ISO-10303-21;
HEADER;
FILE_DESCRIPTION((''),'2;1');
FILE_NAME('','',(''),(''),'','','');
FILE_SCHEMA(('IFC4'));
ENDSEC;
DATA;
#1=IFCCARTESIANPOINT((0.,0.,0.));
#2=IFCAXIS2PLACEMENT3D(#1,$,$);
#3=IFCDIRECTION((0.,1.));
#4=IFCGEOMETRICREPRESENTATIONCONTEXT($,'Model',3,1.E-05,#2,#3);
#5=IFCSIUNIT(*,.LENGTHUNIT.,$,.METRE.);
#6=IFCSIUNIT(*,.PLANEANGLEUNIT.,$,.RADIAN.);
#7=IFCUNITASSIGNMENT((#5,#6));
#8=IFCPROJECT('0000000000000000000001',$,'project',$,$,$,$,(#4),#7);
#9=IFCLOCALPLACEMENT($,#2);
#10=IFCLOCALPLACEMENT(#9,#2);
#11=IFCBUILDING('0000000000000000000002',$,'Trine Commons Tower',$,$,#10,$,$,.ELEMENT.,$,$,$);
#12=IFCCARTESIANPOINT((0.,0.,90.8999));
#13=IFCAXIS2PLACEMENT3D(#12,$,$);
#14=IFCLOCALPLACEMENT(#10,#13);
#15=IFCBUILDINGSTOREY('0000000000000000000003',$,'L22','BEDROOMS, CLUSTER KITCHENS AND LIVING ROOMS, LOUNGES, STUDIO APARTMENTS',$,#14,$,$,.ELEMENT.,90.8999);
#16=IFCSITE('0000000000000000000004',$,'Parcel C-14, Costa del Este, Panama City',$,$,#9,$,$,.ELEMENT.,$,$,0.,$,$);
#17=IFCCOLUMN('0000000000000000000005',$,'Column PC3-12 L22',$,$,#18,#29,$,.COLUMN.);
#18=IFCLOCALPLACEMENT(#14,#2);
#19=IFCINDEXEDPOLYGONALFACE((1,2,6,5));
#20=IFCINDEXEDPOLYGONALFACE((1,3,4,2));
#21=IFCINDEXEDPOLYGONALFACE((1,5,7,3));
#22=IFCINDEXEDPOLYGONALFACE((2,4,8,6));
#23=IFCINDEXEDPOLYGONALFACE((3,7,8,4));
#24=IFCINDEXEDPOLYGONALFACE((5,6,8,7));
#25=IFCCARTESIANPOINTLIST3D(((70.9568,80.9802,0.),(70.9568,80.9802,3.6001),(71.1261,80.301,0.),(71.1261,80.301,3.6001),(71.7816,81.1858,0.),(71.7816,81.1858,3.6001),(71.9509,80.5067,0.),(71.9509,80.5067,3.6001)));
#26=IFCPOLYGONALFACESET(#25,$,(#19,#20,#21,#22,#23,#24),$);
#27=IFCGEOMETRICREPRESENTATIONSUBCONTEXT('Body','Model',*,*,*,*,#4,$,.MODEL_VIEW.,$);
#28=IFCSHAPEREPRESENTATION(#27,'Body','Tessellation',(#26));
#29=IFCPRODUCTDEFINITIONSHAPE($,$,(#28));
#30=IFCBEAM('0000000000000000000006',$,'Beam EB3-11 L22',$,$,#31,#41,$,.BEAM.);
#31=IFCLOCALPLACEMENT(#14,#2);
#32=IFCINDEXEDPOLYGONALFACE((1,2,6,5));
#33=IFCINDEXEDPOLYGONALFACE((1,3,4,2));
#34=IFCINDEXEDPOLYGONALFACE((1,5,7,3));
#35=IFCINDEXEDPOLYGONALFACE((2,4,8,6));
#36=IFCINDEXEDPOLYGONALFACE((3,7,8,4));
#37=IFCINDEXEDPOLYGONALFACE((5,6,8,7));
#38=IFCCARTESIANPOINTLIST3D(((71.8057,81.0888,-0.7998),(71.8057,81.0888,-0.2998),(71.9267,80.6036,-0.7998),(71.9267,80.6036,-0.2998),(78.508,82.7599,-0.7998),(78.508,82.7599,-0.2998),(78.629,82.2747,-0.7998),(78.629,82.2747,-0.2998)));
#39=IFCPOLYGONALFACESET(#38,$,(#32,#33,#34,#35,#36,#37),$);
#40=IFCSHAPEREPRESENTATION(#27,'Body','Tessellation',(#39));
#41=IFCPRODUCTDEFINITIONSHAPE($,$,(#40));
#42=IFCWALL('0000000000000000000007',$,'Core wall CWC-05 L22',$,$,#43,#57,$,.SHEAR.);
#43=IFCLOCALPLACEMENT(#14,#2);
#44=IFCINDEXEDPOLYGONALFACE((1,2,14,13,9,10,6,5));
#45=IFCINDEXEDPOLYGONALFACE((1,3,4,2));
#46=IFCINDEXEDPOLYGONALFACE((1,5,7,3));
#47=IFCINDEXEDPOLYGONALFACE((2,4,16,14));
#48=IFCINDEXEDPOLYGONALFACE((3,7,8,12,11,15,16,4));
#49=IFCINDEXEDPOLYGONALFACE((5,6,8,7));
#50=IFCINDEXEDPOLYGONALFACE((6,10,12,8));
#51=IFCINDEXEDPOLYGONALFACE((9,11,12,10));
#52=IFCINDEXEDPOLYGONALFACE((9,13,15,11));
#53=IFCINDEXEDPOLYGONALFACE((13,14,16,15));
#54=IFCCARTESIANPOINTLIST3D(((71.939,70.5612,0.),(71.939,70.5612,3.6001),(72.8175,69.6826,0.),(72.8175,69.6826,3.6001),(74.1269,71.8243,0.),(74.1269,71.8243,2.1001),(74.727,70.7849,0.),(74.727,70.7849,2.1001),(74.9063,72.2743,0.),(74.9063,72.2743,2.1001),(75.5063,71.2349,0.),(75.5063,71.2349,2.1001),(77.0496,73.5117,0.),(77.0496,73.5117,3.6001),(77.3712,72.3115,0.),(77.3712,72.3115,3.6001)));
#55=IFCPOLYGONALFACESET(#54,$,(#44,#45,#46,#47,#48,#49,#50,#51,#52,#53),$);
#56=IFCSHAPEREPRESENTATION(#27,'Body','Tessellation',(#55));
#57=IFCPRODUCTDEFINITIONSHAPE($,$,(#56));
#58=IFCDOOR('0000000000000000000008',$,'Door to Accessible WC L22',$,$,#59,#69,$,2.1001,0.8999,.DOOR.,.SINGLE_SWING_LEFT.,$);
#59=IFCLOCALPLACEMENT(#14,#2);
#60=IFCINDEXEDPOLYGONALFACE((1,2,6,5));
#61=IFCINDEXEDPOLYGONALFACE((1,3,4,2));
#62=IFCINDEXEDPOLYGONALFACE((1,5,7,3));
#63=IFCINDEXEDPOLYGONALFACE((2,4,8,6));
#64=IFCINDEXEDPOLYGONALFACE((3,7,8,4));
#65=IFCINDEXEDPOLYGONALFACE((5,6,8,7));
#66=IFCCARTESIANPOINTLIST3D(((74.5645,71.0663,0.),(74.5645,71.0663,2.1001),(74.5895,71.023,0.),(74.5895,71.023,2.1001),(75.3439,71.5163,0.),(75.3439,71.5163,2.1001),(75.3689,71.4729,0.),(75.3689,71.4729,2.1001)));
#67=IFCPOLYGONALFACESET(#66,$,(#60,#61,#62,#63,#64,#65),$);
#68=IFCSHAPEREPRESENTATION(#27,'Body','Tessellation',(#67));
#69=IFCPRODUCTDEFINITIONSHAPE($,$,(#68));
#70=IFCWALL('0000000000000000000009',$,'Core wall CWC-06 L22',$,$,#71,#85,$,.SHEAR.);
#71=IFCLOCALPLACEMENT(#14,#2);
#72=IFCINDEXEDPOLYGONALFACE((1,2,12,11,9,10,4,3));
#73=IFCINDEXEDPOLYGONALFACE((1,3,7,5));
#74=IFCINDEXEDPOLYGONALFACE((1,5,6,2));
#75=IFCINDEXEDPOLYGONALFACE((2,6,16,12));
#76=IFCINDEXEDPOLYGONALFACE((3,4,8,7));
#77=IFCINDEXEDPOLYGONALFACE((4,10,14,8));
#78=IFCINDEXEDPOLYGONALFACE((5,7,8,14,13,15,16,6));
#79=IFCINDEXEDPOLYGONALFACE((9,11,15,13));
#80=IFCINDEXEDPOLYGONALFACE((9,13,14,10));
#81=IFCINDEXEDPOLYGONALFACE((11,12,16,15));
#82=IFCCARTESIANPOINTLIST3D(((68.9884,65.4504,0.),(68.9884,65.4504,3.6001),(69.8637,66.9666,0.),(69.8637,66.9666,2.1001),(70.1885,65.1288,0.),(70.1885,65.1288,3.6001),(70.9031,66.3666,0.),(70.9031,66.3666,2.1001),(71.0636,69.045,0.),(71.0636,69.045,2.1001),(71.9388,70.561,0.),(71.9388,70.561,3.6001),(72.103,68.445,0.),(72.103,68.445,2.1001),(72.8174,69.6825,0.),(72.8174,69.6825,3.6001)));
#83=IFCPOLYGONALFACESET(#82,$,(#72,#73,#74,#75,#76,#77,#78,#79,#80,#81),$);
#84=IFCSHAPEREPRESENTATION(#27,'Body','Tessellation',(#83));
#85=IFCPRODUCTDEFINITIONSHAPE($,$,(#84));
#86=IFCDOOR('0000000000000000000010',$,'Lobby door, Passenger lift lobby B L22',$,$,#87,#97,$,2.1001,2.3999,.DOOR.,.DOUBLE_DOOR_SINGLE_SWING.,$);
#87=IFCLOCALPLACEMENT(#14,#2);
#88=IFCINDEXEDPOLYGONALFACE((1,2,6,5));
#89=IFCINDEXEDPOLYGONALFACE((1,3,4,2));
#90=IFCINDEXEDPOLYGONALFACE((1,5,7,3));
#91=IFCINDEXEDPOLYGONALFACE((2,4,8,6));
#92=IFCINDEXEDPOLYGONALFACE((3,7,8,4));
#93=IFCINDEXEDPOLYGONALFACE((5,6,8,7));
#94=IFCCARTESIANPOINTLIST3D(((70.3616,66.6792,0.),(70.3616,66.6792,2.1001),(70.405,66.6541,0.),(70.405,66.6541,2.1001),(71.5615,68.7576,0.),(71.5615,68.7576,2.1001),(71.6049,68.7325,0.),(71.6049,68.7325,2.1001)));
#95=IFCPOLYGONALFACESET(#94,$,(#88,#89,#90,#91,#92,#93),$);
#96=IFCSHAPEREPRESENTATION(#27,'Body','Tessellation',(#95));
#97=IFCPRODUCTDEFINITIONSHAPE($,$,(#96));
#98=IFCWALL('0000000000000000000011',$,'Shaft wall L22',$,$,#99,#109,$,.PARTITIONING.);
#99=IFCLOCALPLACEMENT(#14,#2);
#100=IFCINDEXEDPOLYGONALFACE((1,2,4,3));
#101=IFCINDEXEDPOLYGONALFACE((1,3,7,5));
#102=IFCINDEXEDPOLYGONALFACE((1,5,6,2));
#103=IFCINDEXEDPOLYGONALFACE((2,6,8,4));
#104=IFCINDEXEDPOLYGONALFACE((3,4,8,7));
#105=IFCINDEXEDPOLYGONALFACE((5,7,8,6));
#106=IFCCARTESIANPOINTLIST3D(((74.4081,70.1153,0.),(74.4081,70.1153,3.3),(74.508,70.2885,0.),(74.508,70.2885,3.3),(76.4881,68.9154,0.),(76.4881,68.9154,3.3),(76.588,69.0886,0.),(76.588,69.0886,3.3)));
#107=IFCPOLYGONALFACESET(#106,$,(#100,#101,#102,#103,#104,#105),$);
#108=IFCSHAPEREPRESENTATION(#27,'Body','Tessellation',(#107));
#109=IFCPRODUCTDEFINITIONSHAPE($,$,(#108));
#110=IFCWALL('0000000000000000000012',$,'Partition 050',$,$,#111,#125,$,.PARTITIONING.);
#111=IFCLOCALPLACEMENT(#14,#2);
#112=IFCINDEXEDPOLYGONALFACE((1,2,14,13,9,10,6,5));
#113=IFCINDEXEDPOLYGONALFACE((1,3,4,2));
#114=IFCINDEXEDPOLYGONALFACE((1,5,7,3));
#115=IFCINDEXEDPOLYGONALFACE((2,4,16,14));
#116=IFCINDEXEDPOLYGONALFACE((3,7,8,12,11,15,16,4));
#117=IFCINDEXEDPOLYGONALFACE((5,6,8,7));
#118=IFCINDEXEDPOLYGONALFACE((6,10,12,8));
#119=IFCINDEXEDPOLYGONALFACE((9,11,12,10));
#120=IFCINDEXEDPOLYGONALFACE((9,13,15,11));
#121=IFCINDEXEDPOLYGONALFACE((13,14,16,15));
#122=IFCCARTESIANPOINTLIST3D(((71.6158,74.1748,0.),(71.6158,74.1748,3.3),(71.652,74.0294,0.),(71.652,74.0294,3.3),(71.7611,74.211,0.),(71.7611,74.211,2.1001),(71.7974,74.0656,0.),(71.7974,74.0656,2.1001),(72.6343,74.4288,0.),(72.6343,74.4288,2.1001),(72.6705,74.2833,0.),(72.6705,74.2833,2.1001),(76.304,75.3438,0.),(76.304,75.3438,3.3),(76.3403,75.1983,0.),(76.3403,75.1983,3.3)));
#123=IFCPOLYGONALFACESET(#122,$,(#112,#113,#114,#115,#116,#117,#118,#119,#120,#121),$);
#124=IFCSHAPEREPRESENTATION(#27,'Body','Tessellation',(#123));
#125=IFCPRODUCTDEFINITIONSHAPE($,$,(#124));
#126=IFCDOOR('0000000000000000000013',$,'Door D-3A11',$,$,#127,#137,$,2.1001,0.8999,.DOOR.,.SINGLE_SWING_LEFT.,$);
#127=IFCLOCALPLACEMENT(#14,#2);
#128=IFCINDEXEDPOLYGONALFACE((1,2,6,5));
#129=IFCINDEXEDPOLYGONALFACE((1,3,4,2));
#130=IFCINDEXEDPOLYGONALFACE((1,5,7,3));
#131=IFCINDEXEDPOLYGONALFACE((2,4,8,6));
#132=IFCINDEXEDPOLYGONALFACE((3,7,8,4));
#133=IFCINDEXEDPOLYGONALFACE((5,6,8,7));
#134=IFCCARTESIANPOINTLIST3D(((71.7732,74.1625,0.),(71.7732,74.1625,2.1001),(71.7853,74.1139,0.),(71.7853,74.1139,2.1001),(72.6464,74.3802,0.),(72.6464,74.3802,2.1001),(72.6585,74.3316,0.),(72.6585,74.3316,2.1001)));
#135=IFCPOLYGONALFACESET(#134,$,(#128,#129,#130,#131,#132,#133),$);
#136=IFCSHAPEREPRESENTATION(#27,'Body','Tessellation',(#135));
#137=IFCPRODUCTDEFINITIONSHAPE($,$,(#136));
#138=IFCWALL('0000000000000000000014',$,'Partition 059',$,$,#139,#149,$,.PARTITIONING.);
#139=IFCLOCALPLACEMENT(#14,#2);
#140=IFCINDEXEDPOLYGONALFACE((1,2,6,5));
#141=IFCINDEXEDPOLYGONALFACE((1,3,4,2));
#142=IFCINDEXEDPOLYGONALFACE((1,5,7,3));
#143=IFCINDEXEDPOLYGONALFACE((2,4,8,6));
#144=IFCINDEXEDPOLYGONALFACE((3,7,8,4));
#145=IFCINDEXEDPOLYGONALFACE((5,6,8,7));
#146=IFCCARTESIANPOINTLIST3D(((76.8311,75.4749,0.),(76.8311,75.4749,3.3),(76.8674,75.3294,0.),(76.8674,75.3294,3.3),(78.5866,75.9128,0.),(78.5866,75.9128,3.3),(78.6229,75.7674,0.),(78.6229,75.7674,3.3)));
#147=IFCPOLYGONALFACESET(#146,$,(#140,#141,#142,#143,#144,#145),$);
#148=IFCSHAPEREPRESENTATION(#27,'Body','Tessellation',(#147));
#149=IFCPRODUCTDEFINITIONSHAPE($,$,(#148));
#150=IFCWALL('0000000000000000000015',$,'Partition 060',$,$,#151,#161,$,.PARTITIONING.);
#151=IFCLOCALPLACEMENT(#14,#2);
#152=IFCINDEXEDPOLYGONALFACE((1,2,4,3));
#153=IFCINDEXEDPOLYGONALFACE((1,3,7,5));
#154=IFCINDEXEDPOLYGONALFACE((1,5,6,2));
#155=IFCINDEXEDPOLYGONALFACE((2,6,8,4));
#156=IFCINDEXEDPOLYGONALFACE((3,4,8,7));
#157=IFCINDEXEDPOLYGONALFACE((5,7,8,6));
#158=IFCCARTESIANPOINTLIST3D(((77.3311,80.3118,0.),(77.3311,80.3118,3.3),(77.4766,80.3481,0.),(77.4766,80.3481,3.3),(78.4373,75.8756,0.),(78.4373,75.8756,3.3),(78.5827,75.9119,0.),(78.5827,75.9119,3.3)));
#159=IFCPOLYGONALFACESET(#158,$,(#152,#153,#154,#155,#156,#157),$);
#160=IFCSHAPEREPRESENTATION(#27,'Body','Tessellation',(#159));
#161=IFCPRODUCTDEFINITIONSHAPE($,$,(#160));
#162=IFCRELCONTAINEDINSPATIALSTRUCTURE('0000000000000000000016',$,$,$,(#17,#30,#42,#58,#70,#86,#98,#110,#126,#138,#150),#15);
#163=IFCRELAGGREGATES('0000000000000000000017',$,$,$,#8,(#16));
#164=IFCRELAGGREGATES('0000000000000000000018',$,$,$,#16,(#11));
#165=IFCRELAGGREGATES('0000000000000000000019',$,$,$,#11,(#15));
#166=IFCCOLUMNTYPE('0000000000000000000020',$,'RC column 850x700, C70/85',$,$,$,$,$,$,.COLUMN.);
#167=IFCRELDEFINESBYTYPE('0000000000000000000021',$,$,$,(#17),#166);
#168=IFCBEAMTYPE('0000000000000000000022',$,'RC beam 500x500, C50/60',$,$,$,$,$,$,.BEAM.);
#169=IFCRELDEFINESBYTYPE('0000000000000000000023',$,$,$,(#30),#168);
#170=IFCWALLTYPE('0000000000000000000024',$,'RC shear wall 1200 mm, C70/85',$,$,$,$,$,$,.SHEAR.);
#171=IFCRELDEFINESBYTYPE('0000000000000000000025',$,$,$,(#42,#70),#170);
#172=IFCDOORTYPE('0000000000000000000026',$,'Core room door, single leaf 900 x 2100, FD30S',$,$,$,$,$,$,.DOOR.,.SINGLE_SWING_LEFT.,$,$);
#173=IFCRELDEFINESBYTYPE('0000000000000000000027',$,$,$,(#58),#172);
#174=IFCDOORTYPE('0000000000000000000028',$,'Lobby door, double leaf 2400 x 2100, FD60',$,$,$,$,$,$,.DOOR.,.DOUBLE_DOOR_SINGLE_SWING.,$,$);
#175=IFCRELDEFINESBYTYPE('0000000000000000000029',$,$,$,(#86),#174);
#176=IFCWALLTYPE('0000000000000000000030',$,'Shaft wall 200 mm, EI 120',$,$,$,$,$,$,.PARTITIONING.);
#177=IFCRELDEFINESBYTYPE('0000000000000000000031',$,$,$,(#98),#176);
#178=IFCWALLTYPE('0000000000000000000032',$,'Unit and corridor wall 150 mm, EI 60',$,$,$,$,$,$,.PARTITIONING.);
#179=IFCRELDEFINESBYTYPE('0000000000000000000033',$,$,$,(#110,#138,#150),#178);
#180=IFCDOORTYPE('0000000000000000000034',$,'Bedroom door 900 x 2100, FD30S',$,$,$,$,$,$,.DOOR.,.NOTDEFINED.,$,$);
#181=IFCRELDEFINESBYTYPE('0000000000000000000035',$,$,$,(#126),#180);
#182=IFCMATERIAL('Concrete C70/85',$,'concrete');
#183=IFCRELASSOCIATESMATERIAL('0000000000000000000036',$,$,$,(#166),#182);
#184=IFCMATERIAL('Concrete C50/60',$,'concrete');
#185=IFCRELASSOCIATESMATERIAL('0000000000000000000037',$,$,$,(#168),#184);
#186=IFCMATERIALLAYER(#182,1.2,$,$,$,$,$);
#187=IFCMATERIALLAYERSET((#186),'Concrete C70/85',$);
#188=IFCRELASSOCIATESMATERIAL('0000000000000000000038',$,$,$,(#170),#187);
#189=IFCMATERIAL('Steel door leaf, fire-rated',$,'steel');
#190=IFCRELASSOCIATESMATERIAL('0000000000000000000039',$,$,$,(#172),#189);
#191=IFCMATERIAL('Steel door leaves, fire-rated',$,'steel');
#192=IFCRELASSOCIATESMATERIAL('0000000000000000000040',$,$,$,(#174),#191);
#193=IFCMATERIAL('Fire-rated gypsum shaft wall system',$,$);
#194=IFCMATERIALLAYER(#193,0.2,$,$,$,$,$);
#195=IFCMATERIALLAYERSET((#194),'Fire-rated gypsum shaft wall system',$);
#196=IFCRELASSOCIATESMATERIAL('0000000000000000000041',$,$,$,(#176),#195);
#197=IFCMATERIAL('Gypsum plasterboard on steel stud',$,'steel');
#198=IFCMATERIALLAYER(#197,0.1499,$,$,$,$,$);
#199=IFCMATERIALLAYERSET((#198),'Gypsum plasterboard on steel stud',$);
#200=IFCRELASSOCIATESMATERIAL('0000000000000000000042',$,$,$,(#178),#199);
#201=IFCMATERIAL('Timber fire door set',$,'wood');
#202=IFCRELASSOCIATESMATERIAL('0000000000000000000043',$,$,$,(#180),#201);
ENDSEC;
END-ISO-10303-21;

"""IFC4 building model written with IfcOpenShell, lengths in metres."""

from ifc_helpers import new_model, si_unit, direction, frame, frame_2d, origin, origin_2d, place, context, subcontext, project, spatial, polyline, rectangle, outline, extrude, material, layer, layer_set, material_profile, profile_set, type_object, element, fill, save


model = new_model("IFC4")

# Units and contexts
model_context = context("Model", 3, precision=1e-05, world=origin(), true_north=direction((0.0, 1.0)))
body_context = subcontext(model_context, "Body", "Model", "MODEL_VIEW")
ifc_project = project(units=[si_unit("LENGTHUNIT", "METRE"), si_unit("PLANEANGLEUNIT", "RADIAN")], contexts=[model_context])

# Site, building, storey
site_placement = place(None, origin())
site = spatial("IfcSite", under=ifc_project, at=site_placement, Name="Parcel C-14, Costa del Este, Panama City", CompositionType="ELEMENT", RefElevation=0.0)
building_placement = place(site_placement, origin())
building = spatial("IfcBuilding", under=site, at=building_placement, Name="Trine Commons Tower", CompositionType="ELEMENT")
storey_placement = place(building_placement, frame((0.0, 0.0, 90.8999)))
storey = spatial("IfcBuildingStorey", under=building, at=storey_placement, Name="L22", Description="BEDROOMS, CLUSTER KITCHENS AND LIVING ROOMS, LOUNGES, STUDIO APARTMENTS", CompositionType="ELEMENT", Elevation=90.8999)

# Column
ifc_material_1 = material(Name="Concrete C70/85", Category="concrete")
ifc_material_profile_1 = material_profile(ifc_material_1, rectangle(XDim=0.8501, YDim=0.7, at=origin_2d()), Name="RC 850x700")
ifc_profile_set_1 = profile_set([ifc_material_profile_1], Name="Concrete C70/85")
column_type = type_object("IfcColumnType", Name="RC column 850x700, C70/85", PredefinedType="COLUMN", material=ifc_profile_set_1)
column_placement = place(storey_placement, frame((71.4539, 80.7434, 0.0), z_axis=(0.0, 0.0, 1.0), x_axis=(0.970296, 0.241922, 0.0)))
element("IfcColumn", 1, at=column_placement, inside=storey, type_object=column_type, Name="Column PC3-12 L22", PredefinedType="COLUMN", context=body_context, shape_type="SweptSolid", body=[
    extrude(rectangle(XDim=0.8501, YDim=0.7, at=origin_2d()), origin(), (0.0, 0.0, 1.0), 3.6001),
])

# Beam
ifc_material_2 = material(Name="Concrete C50/60", Category="concrete")
ifc_material_profile_2 = material_profile(ifc_material_2, rectangle(XDim=0.5, YDim=0.5, at=origin_2d()), Name="RC 500x500")
ifc_profile_set_2 = profile_set([ifc_material_profile_2], Name="Concrete C50/60")
beam_type = type_object("IfcBeamType", Name="RC beam 500x500, C50/60", PredefinedType="BEAM", material=ifc_profile_set_2)
beam_placement = place(storey_placement, frame((71.8662, 80.8462, -0.5498), z_axis=(0.970294, 0.241928, 0.0), x_axis=(-0.241928, 0.970294, 0.0)))
element("IfcBeam", 2, at=beam_placement, inside=storey, type_object=beam_type, Name="Beam EB3-11 L22", PredefinedType="BEAM", context=body_context, shape_type="SweptSolid", body=[
    extrude(rectangle(XDim=0.5, YDim=0.5, at=origin_2d()), origin(), (0.0, 0.0, 1.0), 6.9075),
])

# Walls, openings, doors
ifc_layer_1 = layer(ifc_material_1, 1.2)
ifc_layer_set_1 = layer_set([ifc_layer_1], Name="Concrete C70/85")
wall_type_1 = type_object("IfcWallType", Name="RC shear wall 1200 mm, C70/85", PredefinedType="SHEAR", material=ifc_layer_set_1)
wall_1_placement = place(storey_placement, frame((77.3496, 72.9919, 0.0), z_axis=(0.0, 0.0, 1.0), x_axis=(-0.866037, -0.499979, 0.0)))
wall_1 = element("IfcWall", 3, at=wall_1_placement, inside=storey, type_object=wall_type_1, Name="Core wall CWC-05 L22", PredefinedType="SHEAR", context=body_context, shape_type="SweptSolid", body=[
    extrude(outline(polyline([(0.0, -0.6001), (5.9011, -0.6001), (5.5796, 0.6001), (0.3215, 0.6001), (0.0, -0.6001)])), origin(), (0.0, 0.0, 1.0), 3.6001),
])
opening_1_placement = place(wall_1_placement, frame((2.4749, 0.0, 0.0)))
opening_1 = element("IfcOpeningElement", 4, at=opening_1_placement, cuts=wall_1, PredefinedType="OPENING", context=body_context, shape_type="SweptSolid", body=[
    extrude(rectangle(XDim=0.8999, YDim=2.1001, at=frame_2d((0.45, 1.05))), frame((0.0, 0.6099, 0.0), z_axis=(0.0, -1.0, 0.0), x_axis=(1.0, 0.0, 0.0)), (0.0, 0.0, 1.0), 1.22),
])
ifc_material_3 = material(Name="Steel door leaf, fire-rated", Category="steel")
door_type_1 = type_object("IfcDoorType", Name="Core room door, single leaf 900 x 2100, FD30S", OperationType="SINGLE_SWING_LEFT", PredefinedType="DOOR", material=ifc_material_3)
door_1_placement = place(opening_1_placement, origin())
door_1 = element("IfcDoor", 5, at=door_1_placement, inside=storey, type_object=door_type_1, Name="Door to Accessible WC L22", OperationType="SINGLE_SWING_LEFT", OverallHeight=2.1001, OverallWidth=0.8999, PredefinedType="DOOR", context=body_context, shape_type="SweptSolid", body=[
    extrude(rectangle(XDim=0.8999, YDim=2.1001, at=frame_2d((0.45, 1.05))), frame((0.0, 0.3252, 0.0), z_axis=(0.0, -1.0, 0.0), x_axis=(1.0, 0.0, 0.0)), (0.0, 0.0, 1.0), 0.05),
])
fill(opening_1, door_1)
wall_2_placement = place(storey_placement, frame((72.4585, 70.261, 0.0), z_axis=(0.0, 0.0, 1.0), x_axis=(-0.499979, -0.866037, 0.0)))
wall_2 = element("IfcWall", 6, at=wall_2_placement, inside=storey, type_object=wall_type_1, Name="Core wall CWC-06 L22", PredefinedType="SHEAR", context=body_context, shape_type="SweptSolid", body=[
    extrude(outline(polyline([(0.0, -0.6001), (5.9011, -0.6001), (5.5796, 0.6001), (0.3215, 0.6001), (0.0, -0.6001)])), origin(), (0.0, 0.0, 1.0), 3.6001),
])
opening_2_placement = place(wall_2_placement, frame((1.7505, 0.0, 0.0)))
opening_2 = element("IfcOpeningElement", 7, at=opening_2_placement, cuts=wall_2, PredefinedType="OPENING", context=body_context, shape_type="SweptSolid", body=[
    extrude(rectangle(XDim=2.3999, YDim=2.1001, at=frame_2d((1.2, 1.05))), frame((0.0, 0.6099, 0.0), z_axis=(0.0, -1.0, 0.0), x_axis=(1.0, 0.0, 0.0)), (0.0, 0.0, 1.0), 1.22),
])
ifc_material_4 = material(Name="Steel door leaves, fire-rated", Category="steel")
door_type_2 = type_object("IfcDoorType", Name="Lobby door, double leaf 2400 x 2100, FD60", OperationType="DOUBLE_DOOR_SINGLE_SWING", PredefinedType="DOOR", material=ifc_material_4)
door_2_placement = place(opening_2_placement, origin())
door_2 = element("IfcDoor", 8, at=door_2_placement, inside=storey, type_object=door_type_2, Name="Lobby door, Passenger lift lobby B L22", OperationType="DOUBLE_DOOR_SINGLE_SWING", OverallHeight=2.1001, OverallWidth=2.3999, PredefinedType="DOOR", context=body_context, shape_type="SweptSolid", body=[
    extrude(rectangle(XDim=2.3999, YDim=2.1001, at=frame_2d((1.2, 1.05))), frame((0.0, 0.0249, 0.0), z_axis=(0.0, -1.0, 0.0), x_axis=(1.0, 0.0, 0.0)), (0.0, 0.0, 1.0), 0.05),
])
fill(opening_2, door_2)

# Wall
ifc_material_5 = material(Name="Fire-rated gypsum shaft wall system")
ifc_layer_2 = layer(ifc_material_5, 0.2)
ifc_layer_set_2 = layer_set([ifc_layer_2], Name="Fire-rated gypsum shaft wall system")
wall_type_2 = type_object("IfcWallType", Name="Shaft wall 200 mm, EI 120", PredefinedType="PARTITIONING", material=ifc_layer_set_2)
wall_3_placement = place(storey_placement, frame((76.5381, 69.002, 0.0), z_axis=(0.0, 0.0, 1.0), x_axis=(-0.866203, 0.499693, 0.0)))
element("IfcWall", 9, at=wall_3_placement, inside=storey, type_object=wall_type_2, Name="Shaft wall L22", PredefinedType="PARTITIONING", context=body_context, shape_type="SweptSolid", body=[
    extrude(rectangle(XDim=2.4014, YDim=0.2, at=frame_2d((1.2007, 0.0))), origin(), (0.0, 0.0, 1.0), 3.3),
])

# Wall, opening, door
ifc_material_6 = material(Name="Gypsum plasterboard on steel stud", Category="steel")
ifc_layer_3 = layer(ifc_material_6, 0.1499)
ifc_layer_set_3 = layer_set([ifc_layer_3], Name="Gypsum plasterboard on steel stud")
wall_type_3 = type_object("IfcWallType", Name="Unit and corridor wall 150 mm, EI 60", PredefinedType="PARTITIONING", material=ifc_layer_set_3)
wall_4_placement = place(storey_placement, frame((71.6338, 74.1021, 0.0), z_axis=(0.0, 0.0, 1.0), x_axis=(0.970294, 0.241929, 0.0)))
wall_4 = element("IfcWall", 10, at=wall_4_placement, inside=storey, type_object=wall_type_3, Name="Partition 050", PredefinedType="PARTITIONING", context=body_context, shape_type="SweptSolid", body=[
    extrude(rectangle(XDim=4.8318, YDim=0.1499, at=frame_2d((2.416, 0.0))), origin(), (0.0, 0.0, 1.0), 3.3),
])
opening_3_placement = place(wall_4_placement, frame((0.1499, 0.0, 0.0)))
opening_3 = element("IfcOpeningElement", 11, at=opening_3_placement, cuts=wall_4, PredefinedType="OPENING", context=body_context, shape_type="SweptSolid", body=[
    extrude(rectangle(XDim=0.8999, YDim=2.1001, at=frame_2d((0.45, 1.05))), frame((0.0, 0.085, 0.0), z_axis=(0.0, -1.0, 0.0), x_axis=(1.0, 0.0, 0.0)), (0.0, 0.0, 1.0), 0.1699),
])
ifc_material_7 = material(Name="Timber fire door set", Category="wood")
door_type_3 = type_object("IfcDoorType", Name="Bedroom door 900 x 2100, FD30S", OperationType="NOTDEFINED", PredefinedType="DOOR", material=ifc_material_7)
door_3_placement = place(opening_3_placement, origin())
door_3 = element("IfcDoor", 12, at=door_3_placement, inside=storey, type_object=door_type_3, Name="Door D-3A11", OperationType="SINGLE_SWING_LEFT", OverallHeight=2.1001, OverallWidth=0.8999, PredefinedType="DOOR", context=body_context, shape_type="SweptSolid", body=[
    extrude(rectangle(XDim=0.8999, YDim=2.1001, at=frame_2d((0.45, 1.05))), frame((0.0, 0.0249, 0.0), z_axis=(0.0, -1.0, 0.0), x_axis=(1.0, 0.0, 0.0)), (0.0, 0.0, 1.0), 0.05),
])
fill(opening_3, door_3)

# Walls
wall_5_placement = place(storey_placement, frame((76.8491, 75.4021, 0.0), z_axis=(0.0, 0.0, 1.0), x_axis=(0.970261, 0.242059, 0.0)))
element("IfcWall", 13, at=wall_5_placement, inside=storey, type_object=wall_type_3, Name="Partition 059", PredefinedType="PARTITIONING", context=body_context, shape_type="SweptSolid", body=[
    extrude(rectangle(XDim=1.8093, YDim=0.1499, at=frame_2d((0.9048, 0.0))), origin(), (0.0, 0.0, 1.0), 3.3),
])
wall_6_placement = place(storey_placement, frame((77.4038, 80.3301, 0.0), z_axis=(0.0, 0.0, 1.0), x_axis=(0.241945, -0.97029, 0.0)))
element("IfcWall", 14, at=wall_6_placement, inside=storey, type_object=wall_type_3, Name="Partition 060", PredefinedType="PARTITIONING", context=body_context, shape_type="SweptSolid", body=[
    extrude(rectangle(XDim=4.572, YDim=0.1499, at=frame_2d((2.2861, 0.0))), origin(), (0.0, 0.0, 1.0), 3.3),
])

save(model, "model.ifc")
